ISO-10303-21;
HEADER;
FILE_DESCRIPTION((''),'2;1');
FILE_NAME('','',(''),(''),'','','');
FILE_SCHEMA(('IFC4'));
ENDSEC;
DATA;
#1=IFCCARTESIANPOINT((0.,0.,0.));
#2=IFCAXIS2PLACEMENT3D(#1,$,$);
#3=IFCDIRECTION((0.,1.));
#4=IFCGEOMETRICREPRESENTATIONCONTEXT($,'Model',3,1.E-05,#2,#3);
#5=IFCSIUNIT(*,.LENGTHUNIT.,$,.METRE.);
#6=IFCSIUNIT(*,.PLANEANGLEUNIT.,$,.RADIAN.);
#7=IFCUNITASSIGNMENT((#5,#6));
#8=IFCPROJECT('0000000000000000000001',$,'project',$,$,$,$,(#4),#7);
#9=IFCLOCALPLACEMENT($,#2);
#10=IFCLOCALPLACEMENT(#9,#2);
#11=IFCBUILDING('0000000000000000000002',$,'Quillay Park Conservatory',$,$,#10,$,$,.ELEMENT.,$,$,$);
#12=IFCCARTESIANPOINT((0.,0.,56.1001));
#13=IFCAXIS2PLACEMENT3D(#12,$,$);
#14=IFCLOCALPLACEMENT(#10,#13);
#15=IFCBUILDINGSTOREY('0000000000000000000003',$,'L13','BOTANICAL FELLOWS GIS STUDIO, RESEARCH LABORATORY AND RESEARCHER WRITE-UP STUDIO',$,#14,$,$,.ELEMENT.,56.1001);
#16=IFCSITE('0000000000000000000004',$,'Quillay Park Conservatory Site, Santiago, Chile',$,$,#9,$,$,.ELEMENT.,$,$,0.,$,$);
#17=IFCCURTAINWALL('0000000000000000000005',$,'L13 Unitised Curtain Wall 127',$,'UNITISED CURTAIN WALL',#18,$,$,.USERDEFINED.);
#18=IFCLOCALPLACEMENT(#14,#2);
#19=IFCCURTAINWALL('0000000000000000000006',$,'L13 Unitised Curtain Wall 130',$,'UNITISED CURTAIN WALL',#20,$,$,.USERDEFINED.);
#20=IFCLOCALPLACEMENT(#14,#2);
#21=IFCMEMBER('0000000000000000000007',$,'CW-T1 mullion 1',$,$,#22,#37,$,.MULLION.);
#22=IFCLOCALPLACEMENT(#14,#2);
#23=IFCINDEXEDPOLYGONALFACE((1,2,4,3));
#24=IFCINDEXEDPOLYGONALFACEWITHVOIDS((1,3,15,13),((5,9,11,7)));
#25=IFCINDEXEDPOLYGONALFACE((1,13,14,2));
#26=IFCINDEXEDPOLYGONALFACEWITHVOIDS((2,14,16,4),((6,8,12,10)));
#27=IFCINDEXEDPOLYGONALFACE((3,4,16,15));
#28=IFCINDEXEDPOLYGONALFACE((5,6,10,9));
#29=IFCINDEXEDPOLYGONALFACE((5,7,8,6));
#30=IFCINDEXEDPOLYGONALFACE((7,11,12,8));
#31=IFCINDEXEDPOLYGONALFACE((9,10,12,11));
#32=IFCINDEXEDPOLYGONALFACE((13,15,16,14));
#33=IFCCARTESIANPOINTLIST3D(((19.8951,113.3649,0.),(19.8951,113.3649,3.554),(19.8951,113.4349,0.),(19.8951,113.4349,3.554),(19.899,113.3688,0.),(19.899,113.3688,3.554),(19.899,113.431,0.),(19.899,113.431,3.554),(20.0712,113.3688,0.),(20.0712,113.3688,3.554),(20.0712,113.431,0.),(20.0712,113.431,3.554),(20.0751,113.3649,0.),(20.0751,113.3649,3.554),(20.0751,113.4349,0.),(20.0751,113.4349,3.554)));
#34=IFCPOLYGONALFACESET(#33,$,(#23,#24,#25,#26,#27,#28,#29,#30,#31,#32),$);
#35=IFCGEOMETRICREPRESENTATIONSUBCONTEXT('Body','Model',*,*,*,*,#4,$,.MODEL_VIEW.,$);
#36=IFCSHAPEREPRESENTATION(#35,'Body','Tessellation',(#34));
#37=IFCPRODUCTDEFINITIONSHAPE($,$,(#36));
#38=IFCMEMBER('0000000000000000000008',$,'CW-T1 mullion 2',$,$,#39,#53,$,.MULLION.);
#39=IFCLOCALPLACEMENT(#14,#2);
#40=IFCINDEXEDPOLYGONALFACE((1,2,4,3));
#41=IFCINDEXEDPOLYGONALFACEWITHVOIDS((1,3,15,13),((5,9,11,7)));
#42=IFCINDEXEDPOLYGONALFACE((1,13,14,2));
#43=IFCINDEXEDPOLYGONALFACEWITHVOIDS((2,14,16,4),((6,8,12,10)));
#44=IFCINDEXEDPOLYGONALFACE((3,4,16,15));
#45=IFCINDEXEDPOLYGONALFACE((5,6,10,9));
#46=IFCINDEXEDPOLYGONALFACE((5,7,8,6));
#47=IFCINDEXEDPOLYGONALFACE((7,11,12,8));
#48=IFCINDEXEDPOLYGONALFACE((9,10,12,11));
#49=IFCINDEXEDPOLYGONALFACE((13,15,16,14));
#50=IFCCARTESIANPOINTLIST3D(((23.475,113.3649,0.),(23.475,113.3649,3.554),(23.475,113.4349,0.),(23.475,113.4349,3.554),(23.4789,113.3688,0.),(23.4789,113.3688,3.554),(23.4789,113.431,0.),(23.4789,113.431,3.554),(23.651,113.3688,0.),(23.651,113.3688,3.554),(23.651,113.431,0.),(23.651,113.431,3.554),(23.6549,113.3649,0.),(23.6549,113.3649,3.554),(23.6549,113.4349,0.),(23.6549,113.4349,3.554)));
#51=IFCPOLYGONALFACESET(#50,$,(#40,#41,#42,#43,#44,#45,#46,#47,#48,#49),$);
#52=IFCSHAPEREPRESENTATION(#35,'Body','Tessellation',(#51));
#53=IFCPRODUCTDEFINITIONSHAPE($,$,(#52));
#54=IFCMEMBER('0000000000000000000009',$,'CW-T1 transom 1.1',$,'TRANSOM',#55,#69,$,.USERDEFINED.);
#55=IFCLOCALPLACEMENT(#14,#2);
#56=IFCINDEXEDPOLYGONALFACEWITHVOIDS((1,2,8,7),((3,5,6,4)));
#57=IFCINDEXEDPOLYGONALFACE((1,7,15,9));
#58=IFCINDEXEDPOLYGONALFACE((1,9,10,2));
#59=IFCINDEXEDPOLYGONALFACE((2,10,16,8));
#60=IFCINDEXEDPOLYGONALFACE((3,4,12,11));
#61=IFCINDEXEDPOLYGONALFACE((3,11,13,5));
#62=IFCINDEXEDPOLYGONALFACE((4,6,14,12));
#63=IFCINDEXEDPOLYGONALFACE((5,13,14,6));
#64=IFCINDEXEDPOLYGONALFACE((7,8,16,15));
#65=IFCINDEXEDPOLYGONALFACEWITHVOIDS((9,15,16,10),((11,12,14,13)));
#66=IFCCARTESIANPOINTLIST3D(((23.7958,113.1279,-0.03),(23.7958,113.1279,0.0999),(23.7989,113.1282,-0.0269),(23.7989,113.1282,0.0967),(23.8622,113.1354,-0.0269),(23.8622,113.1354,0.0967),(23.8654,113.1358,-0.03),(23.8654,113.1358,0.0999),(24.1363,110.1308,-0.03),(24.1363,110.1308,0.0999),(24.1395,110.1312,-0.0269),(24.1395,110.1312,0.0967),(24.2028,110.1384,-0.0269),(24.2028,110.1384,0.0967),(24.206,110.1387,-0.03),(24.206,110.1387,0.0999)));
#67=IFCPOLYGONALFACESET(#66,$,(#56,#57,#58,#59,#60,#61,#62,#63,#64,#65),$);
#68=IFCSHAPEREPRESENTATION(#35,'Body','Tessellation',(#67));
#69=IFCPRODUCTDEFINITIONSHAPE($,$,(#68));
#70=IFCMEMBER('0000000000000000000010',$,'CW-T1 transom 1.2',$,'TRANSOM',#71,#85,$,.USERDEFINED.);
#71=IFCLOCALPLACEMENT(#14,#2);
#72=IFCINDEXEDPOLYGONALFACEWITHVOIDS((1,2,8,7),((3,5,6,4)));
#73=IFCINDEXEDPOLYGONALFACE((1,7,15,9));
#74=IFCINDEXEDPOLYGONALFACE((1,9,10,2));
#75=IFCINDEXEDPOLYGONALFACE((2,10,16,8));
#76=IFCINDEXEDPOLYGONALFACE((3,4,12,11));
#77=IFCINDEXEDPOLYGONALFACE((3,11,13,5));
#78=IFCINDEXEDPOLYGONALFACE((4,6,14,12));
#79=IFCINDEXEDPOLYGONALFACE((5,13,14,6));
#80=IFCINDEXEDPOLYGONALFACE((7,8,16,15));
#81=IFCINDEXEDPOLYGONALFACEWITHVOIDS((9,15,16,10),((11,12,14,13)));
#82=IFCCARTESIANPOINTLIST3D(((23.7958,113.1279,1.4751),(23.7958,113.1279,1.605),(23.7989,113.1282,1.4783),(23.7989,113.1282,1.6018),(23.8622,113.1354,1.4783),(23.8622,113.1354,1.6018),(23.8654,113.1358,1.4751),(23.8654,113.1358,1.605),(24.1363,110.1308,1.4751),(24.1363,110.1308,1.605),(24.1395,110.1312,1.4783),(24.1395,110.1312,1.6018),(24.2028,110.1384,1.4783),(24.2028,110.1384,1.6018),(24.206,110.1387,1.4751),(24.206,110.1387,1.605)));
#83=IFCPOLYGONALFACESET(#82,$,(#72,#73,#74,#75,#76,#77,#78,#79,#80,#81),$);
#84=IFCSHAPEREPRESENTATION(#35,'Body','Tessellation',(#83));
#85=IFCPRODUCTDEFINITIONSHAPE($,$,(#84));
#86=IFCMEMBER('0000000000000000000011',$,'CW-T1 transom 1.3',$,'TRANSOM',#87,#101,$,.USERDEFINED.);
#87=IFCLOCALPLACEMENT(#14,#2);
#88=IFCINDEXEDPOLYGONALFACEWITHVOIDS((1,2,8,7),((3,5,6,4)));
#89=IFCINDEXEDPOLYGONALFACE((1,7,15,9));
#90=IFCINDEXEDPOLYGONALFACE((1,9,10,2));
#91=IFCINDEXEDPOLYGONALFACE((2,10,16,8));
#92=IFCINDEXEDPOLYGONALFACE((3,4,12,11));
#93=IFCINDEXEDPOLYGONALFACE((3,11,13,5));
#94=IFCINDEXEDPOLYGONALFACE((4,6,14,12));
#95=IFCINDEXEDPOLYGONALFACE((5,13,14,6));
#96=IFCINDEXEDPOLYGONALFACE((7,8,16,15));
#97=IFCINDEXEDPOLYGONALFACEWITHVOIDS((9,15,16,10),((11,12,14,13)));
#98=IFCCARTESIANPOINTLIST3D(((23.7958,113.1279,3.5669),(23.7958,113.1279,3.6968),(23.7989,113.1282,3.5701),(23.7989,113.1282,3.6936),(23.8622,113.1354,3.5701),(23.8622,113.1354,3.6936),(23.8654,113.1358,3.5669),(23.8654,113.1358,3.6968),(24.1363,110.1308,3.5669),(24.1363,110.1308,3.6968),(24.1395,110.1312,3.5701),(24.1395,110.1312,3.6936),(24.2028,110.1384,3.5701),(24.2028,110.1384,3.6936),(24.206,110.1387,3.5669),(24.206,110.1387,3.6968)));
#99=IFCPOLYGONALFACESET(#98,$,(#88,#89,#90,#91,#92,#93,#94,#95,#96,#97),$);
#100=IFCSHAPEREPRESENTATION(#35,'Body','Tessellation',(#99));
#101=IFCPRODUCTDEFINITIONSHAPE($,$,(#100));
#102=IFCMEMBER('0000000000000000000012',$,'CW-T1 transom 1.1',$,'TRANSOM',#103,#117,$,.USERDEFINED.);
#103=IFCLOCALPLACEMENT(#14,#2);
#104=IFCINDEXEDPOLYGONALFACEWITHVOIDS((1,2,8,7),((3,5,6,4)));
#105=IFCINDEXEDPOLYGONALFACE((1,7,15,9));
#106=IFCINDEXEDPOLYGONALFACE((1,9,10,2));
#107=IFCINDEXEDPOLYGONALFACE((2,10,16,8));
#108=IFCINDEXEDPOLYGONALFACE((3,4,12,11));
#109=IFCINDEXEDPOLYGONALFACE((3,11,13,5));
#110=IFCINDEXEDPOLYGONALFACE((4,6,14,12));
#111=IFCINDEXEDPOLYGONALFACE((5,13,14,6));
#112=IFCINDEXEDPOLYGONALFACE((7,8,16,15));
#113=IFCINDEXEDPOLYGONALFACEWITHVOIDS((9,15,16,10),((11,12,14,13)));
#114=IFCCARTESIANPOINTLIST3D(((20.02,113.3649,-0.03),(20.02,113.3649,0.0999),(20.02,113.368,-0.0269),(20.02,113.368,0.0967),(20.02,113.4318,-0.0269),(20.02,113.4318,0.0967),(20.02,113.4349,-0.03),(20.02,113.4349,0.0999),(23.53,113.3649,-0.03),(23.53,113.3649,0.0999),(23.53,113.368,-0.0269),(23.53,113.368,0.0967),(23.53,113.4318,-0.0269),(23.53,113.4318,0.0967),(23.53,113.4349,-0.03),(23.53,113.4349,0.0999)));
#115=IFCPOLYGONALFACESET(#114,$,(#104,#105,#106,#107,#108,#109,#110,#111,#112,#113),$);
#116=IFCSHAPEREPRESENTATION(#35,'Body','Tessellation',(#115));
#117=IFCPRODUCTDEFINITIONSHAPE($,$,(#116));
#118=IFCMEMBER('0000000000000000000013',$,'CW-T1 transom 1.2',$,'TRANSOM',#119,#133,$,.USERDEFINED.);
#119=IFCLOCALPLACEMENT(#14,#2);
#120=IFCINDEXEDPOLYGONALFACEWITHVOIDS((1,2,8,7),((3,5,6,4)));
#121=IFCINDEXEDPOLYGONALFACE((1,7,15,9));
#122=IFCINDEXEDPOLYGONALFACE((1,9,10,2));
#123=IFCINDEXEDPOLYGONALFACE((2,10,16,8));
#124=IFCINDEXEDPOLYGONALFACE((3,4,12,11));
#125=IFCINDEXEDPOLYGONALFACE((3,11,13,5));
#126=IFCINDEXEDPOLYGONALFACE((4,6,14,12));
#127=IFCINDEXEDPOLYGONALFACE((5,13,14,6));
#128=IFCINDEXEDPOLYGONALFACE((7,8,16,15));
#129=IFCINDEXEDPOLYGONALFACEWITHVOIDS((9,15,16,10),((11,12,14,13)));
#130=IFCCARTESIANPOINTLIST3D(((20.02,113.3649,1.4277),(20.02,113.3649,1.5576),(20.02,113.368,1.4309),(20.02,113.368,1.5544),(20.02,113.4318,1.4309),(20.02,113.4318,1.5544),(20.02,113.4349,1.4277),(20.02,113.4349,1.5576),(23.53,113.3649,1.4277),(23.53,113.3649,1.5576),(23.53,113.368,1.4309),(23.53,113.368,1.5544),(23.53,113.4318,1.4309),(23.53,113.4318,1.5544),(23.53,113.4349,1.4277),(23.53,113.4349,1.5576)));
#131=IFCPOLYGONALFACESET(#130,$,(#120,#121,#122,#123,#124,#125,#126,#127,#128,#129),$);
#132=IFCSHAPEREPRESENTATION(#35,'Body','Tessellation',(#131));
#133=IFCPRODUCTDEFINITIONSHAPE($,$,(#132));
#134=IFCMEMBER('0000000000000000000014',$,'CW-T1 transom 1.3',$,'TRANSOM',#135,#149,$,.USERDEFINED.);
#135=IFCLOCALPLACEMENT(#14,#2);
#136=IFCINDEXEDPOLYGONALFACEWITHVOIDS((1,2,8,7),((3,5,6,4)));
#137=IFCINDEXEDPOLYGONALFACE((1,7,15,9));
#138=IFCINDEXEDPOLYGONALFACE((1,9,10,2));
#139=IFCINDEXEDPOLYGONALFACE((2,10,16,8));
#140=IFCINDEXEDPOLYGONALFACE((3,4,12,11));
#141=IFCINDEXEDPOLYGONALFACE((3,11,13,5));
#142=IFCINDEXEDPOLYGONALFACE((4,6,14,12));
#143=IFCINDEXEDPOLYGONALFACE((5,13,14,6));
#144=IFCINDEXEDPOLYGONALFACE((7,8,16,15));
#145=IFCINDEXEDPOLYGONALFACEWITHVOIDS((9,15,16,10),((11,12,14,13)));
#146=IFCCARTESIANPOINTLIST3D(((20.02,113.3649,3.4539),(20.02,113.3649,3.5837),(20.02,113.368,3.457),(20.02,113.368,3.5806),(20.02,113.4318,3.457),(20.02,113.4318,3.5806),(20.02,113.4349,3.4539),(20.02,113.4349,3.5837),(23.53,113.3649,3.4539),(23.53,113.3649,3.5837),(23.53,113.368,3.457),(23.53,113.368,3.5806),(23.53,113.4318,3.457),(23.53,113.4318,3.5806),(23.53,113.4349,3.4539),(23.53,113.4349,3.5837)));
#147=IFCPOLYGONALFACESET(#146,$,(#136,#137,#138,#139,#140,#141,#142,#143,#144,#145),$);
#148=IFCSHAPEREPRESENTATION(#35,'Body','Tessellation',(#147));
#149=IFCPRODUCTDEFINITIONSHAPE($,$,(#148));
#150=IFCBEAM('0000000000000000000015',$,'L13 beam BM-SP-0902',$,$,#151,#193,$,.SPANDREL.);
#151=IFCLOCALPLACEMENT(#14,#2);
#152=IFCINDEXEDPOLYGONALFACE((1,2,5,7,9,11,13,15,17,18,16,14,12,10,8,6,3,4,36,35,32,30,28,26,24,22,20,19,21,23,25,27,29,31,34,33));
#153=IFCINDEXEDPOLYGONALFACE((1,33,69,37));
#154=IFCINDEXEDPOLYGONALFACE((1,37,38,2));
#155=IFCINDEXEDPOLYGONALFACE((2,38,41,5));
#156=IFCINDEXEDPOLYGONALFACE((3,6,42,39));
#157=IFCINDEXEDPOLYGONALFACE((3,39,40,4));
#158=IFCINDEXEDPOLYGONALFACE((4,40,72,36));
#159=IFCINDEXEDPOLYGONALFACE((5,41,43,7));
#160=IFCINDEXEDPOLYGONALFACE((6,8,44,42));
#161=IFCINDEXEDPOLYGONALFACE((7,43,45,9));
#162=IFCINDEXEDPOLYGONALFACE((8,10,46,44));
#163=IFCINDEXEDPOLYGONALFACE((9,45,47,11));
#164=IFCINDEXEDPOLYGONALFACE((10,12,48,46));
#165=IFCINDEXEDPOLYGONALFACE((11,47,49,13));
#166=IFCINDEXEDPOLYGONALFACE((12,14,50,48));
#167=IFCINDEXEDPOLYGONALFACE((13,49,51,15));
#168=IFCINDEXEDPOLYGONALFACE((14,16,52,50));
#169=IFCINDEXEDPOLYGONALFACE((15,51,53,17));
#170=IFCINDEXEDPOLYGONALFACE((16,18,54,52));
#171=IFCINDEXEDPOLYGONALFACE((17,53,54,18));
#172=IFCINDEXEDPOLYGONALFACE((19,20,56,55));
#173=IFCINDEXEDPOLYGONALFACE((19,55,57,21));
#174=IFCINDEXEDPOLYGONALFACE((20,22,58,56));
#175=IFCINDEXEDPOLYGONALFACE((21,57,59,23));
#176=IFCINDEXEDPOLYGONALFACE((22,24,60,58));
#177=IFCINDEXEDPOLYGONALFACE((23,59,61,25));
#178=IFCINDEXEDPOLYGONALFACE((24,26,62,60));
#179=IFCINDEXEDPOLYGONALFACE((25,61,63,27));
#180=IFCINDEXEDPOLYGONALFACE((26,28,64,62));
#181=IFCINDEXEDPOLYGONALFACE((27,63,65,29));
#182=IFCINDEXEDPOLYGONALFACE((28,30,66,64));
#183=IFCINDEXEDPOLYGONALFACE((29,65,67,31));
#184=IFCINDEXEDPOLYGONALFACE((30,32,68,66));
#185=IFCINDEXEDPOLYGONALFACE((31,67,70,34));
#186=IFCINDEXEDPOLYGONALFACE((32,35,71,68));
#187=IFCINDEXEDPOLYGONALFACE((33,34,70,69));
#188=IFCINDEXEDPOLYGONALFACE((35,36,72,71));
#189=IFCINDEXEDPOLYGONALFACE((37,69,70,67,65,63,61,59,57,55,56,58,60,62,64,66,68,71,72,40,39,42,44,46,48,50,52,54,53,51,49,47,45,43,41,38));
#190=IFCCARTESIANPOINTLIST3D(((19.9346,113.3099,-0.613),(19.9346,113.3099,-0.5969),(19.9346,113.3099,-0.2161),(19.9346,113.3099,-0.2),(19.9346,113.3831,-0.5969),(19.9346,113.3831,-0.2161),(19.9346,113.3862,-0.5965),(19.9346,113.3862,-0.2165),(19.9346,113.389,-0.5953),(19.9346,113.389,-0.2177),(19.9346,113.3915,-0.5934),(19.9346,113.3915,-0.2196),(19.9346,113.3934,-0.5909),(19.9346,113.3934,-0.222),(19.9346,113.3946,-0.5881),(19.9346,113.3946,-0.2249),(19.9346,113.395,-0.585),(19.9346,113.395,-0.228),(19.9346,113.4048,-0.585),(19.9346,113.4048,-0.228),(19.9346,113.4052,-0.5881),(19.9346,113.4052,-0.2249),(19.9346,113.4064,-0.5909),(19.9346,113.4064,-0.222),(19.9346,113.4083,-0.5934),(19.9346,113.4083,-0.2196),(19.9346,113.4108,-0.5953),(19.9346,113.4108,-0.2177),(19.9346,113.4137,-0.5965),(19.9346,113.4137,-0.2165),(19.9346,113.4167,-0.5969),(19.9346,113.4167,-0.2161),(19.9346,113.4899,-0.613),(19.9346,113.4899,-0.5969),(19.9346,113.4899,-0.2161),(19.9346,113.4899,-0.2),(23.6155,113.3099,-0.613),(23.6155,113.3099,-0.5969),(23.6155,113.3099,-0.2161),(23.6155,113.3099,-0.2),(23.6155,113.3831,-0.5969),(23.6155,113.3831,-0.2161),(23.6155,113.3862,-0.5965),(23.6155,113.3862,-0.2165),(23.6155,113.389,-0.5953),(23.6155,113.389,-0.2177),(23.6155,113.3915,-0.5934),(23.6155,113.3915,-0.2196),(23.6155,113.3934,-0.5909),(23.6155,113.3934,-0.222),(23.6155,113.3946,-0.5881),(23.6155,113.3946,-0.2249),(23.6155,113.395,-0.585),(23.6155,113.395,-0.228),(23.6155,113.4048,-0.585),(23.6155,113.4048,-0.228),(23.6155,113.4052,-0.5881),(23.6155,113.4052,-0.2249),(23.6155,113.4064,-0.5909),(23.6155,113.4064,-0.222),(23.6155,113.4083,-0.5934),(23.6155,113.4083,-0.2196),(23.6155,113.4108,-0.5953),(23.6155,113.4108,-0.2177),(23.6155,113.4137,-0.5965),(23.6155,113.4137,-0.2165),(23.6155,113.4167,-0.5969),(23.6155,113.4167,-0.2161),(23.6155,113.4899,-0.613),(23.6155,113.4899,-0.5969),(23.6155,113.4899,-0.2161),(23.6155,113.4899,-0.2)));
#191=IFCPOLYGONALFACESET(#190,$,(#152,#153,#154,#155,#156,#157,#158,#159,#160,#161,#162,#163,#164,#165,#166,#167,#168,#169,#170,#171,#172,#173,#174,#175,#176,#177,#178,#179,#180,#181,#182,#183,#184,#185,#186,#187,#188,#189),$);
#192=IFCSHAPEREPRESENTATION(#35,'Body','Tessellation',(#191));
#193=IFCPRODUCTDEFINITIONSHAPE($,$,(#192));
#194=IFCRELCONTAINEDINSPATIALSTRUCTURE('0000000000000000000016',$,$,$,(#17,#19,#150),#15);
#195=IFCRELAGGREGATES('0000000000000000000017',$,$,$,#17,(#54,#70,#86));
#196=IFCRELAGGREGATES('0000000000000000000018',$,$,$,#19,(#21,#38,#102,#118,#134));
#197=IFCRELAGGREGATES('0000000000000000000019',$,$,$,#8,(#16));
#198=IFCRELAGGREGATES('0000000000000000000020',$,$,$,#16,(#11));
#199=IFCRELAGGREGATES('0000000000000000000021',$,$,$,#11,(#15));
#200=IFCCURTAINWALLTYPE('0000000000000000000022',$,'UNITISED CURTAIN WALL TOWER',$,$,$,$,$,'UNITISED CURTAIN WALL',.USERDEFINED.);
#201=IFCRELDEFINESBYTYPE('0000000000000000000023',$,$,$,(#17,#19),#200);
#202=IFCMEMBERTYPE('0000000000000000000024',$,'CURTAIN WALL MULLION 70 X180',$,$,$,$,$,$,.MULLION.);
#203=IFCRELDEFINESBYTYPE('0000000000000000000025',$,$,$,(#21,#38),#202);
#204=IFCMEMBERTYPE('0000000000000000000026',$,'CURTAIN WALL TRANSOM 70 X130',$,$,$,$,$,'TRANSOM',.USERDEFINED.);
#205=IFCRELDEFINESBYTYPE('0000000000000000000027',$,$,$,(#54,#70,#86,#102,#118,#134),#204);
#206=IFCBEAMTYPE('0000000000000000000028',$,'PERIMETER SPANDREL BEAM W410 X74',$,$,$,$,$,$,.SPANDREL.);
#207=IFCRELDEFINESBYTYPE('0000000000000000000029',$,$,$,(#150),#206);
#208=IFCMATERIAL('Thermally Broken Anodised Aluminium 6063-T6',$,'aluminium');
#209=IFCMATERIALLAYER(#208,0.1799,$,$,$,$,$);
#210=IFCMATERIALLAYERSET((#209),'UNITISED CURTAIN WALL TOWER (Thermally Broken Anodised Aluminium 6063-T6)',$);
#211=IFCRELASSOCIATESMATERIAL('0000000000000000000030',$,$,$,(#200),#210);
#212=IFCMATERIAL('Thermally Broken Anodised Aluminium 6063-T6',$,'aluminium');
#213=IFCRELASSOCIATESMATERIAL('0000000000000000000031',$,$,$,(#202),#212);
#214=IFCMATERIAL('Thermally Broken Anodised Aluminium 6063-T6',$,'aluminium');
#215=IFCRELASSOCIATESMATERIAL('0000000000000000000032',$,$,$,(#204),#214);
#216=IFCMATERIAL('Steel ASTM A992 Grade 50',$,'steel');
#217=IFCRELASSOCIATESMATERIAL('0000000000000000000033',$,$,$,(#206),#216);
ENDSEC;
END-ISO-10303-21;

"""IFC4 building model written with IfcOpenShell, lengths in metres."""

from ifc_helpers import new_model, si_unit, direction, frame, origin, origin_2d, place, context, subcontext, project, spatial, hollow_rectangle, i_section, extrude, material, layer, layer_set, material_profile, profile_set, type_object, element, aggregate, save


model = new_model("IFC4")

# Units and contexts
model_context = context("Model", 3, precision=1e-05, world=origin(), true_north=direction((0.0, 1.0)))
body_context = subcontext(model_context, "Body", "Model", "MODEL_VIEW")
ifc_project = project(units=[si_unit("LENGTHUNIT", "METRE"), si_unit("PLANEANGLEUNIT", "RADIAN")], contexts=[model_context])

# Site, building, storey
site_placement = place(None, origin())
site = spatial("IfcSite", under=ifc_project, at=site_placement, Name="Quillay Park Conservatory Site, Santiago, Chile", CompositionType="ELEMENT", RefElevation=0.0)
building_placement = place(site_placement, origin())
building = spatial("IfcBuilding", under=site, at=building_placement, Name="Quillay Park Conservatory", CompositionType="ELEMENT")
storey_placement = place(building_placement, frame((0.0, 0.0, 56.1001)))
storey = spatial("IfcBuildingStorey", under=building, at=storey_placement, Name="L13", Description="BOTANICAL FELLOWS GIS STUDIO, RESEARCH LABORATORY AND RESEARCHER WRITE-UP STUDIO", CompositionType="ELEMENT", Elevation=56.1001)

# Curtain wall
ifc_material_1 = material(Name="Thermally Broken Anodised Aluminium 6063-T6", Category="aluminium")
ifc_layer_1 = layer(ifc_material_1, 0.1799)
ifc_layer_set_1 = layer_set([ifc_layer_1], Name="UNITISED CURTAIN WALL TOWER (Thermally Broken Anodised Aluminium 6063-T6)")
curtain_wall_type = type_object("IfcCurtainWallType", Name="UNITISED CURTAIN WALL TOWER", ElementType="UNITISED CURTAIN WALL", PredefinedType="USERDEFINED", material=ifc_layer_set_1)
curtain_wall_1_placement = place(storey_placement, origin())
curtain_wall_1 = element("IfcCurtainWall", 1, at=curtain_wall_1_placement, inside=storey, type_object=curtain_wall_type, Name="L13 Unitised Curtain Wall 127", ObjectType="UNITISED CURTAIN WALL", PredefinedType="USERDEFINED")
ifc_material_2 = material(Name="Thermally Broken Anodised Aluminium 6063-T6", Category="aluminium")
ifc_material_profile_1 = material_profile(ifc_material_2, hollow_rectangle(XDim=0.0701, YDim=0.1799, WallThickness=0.0039, at=origin_2d()), Name="AL70x180x4")
ifc_profile_set_1 = profile_set([ifc_material_profile_1], Name="Thermally Broken Anodised Aluminium 6063-T6")
member_type_1 = type_object("IfcMemberType", Name="CURTAIN WALL MULLION 70 X180", PredefinedType="MULLION", material=ifc_profile_set_1)

# Curtain wall, members
curtain_wall_2_placement = place(storey_placement, origin())
curtain_wall_2 = element("IfcCurtainWall", 2, at=curtain_wall_2_placement, inside=storey, type_object=curtain_wall_type, Name="L13 Unitised Curtain Wall 130", ObjectType="UNITISED CURTAIN WALL", PredefinedType="USERDEFINED")
member_1_placement = place(storey_placement, frame((19.9851, 113.3999, 0.0), z_axis=(0.0, 0.0, 1.0), x_axis=(0.0, 1.0, 0.0)))
member_1 = element("IfcMember", 3, at=member_1_placement, type_object=member_type_1, Name="CW-T1 mullion 1", PredefinedType="MULLION", context=body_context, shape_type="SweptSolid", body=[
    extrude(hollow_rectangle(XDim=0.0701, YDim=0.1799, WallThickness=0.0039, at=origin_2d()), origin(), (0.0, 0.0, 1.0), 3.554),
])
member_2_placement = place(storey_placement, frame((23.5649, 113.3999, 0.0), z_axis=(0.0, 0.0, 1.0), x_axis=(0.0, 1.0, 0.0)))
member_2 = element("IfcMember", 4, at=member_2_placement, type_object=member_type_1, Name="CW-T1 mullion 2", PredefinedType="MULLION", context=body_context, shape_type="SweptSolid", body=[
    extrude(hollow_rectangle(XDim=0.0701, YDim=0.1799, WallThickness=0.0039, at=origin_2d()), origin(), (0.0, 0.0, 1.0), 3.554),
])

# Members
ifc_material_3 = material(Name="Thermally Broken Anodised Aluminium 6063-T6", Category="aluminium")
ifc_material_profile_2 = material_profile(ifc_material_3, hollow_rectangle(XDim=0.0701, YDim=0.1299, WallThickness=0.0032, at=origin_2d()), Name="AL70x130x3.2")
ifc_profile_set_2 = profile_set([ifc_material_profile_2], Name="Thermally Broken Anodised Aluminium 6063-T6")
member_type_2 = type_object("IfcMemberType", Name="CURTAIN WALL TRANSOM 70 X130", ElementType="TRANSOM", PredefinedType="USERDEFINED", material=ifc_profile_set_2)
member_3_placement = place(storey_placement, frame((23.8306, 113.1318, 0.0349), z_axis=(0.11291, -0.993605, 0.0), x_axis=(0.993605, 0.11291, 0.0)))
member_3 = element("IfcMember", 5, at=member_3_placement, type_object=member_type_2, Name="CW-T1 transom 1.1", ObjectType="TRANSOM", PredefinedType="USERDEFINED", context=body_context, shape_type="SweptSolid", body=[
    extrude(hollow_rectangle(XDim=0.0701, YDim=0.1299, WallThickness=0.0032, at=origin_2d()), origin(), (0.0, 0.0, 1.0), 3.0164),
])
member_4_placement = place(storey_placement, frame((23.8306, 113.1318, 1.54), z_axis=(0.11291, -0.993605, 0.0), x_axis=(0.993605, 0.11291, 0.0)))
member_4 = element("IfcMember", 6, at=member_4_placement, type_object=member_type_2, Name="CW-T1 transom 1.2", ObjectType="TRANSOM", PredefinedType="USERDEFINED", context=body_context, shape_type="SweptSolid", body=[
    extrude(hollow_rectangle(XDim=0.0701, YDim=0.1299, WallThickness=0.0032, at=origin_2d()), origin(), (0.0, 0.0, 1.0), 3.0164),
])
member_5_placement = place(storey_placement, frame((23.8306, 113.1318, 3.6318), z_axis=(0.11291, -0.993605, 0.0), x_axis=(0.993605, 0.11291, 0.0)))
member_5 = element("IfcMember", 7, at=member_5_placement, type_object=member_type_2, Name="CW-T1 transom 1.3", ObjectType="TRANSOM", PredefinedType="USERDEFINED", context=body_context, shape_type="SweptSolid", body=[
    extrude(hollow_rectangle(XDim=0.0701, YDim=0.1299, WallThickness=0.0032, at=origin_2d()), origin(), (0.0, 0.0, 1.0), 3.0164),
])
member_6_placement = place(storey_placement, frame((20.02, 113.3999, 0.0349), z_axis=(1.0, 0.0, 0.0), x_axis=(0.0, 1.0, 0.0)))
member_6 = element("IfcMember", 8, at=member_6_placement, type_object=member_type_2, Name="CW-T1 transom 1.1", ObjectType="TRANSOM", PredefinedType="USERDEFINED", context=body_context, shape_type="SweptSolid", body=[
    extrude(hollow_rectangle(XDim=0.0701, YDim=0.1299, WallThickness=0.0032, at=origin_2d()), origin(), (0.0, 0.0, 1.0), 3.51),
])
member_7_placement = place(storey_placement, frame((20.02, 113.3999, 1.4927), z_axis=(1.0, 0.0, 0.0), x_axis=(0.0, 1.0, 0.0)))
member_7 = element("IfcMember", 9, at=member_7_placement, type_object=member_type_2, Name="CW-T1 transom 1.2", ObjectType="TRANSOM", PredefinedType="USERDEFINED", context=body_context, shape_type="SweptSolid", body=[
    extrude(hollow_rectangle(XDim=0.0701, YDim=0.1299, WallThickness=0.0032, at=origin_2d()), origin(), (0.0, 0.0, 1.0), 3.51),
])
member_8_placement = place(storey_placement, frame((20.02, 113.3999, 3.5188), z_axis=(1.0, 0.0, 0.0), x_axis=(0.0, 1.0, 0.0)))
member_8 = element("IfcMember", 10, at=member_8_placement, type_object=member_type_2, Name="CW-T1 transom 1.3", ObjectType="TRANSOM", PredefinedType="USERDEFINED", context=body_context, shape_type="SweptSolid", body=[
    extrude(hollow_rectangle(XDim=0.0701, YDim=0.1299, WallThickness=0.0032, at=origin_2d()), origin(), (0.0, 0.0, 1.0), 3.51),
])

# Beam
ifc_material_4 = material(Name="Steel ASTM A992 Grade 50", Category="steel")
ifc_material_profile_3 = material_profile(ifc_material_4, i_section(OverallWidth=0.1799, OverallDepth=0.4131, WebThickness=0.0098, FlangeThickness=0.0161, FilletRadius=0.012, at=origin_2d()), Name="W410x74")
ifc_profile_set_3 = profile_set([ifc_material_profile_3], Name="Steel ASTM A992 Grade 50")
beam_type_1 = type_object("IfcBeamType", Name="PERIMETER SPANDREL BEAM W410 X74", PredefinedType="SPANDREL", material=ifc_profile_set_3)
beam_1_placement = place(storey_placement, frame((19.9346, 113.3999, -0.4065), z_axis=(1.0, 0.0, 0.0), x_axis=(0.0, 1.0, 0.0)))
element("IfcBeam", 11, at=beam_1_placement, inside=storey, type_object=beam_type_1, Name="L13 beam BM-SP-0902", PredefinedType="SPANDREL", context=body_context, shape_type="SweptSolid", body=[
    extrude(i_section(OverallWidth=0.1799, OverallDepth=0.4131, WebThickness=0.0098, FlangeThickness=0.0161, FilletRadius=0.012, at=origin_2d()), origin(), (0.0, 0.0, 1.0), 3.6809),
])

aggregate(curtain_wall_1, [member_3, member_4, member_5])
aggregate(curtain_wall_2, [member_1, member_2, member_6, member_7, member_8])

save(model, "model.ifc")
